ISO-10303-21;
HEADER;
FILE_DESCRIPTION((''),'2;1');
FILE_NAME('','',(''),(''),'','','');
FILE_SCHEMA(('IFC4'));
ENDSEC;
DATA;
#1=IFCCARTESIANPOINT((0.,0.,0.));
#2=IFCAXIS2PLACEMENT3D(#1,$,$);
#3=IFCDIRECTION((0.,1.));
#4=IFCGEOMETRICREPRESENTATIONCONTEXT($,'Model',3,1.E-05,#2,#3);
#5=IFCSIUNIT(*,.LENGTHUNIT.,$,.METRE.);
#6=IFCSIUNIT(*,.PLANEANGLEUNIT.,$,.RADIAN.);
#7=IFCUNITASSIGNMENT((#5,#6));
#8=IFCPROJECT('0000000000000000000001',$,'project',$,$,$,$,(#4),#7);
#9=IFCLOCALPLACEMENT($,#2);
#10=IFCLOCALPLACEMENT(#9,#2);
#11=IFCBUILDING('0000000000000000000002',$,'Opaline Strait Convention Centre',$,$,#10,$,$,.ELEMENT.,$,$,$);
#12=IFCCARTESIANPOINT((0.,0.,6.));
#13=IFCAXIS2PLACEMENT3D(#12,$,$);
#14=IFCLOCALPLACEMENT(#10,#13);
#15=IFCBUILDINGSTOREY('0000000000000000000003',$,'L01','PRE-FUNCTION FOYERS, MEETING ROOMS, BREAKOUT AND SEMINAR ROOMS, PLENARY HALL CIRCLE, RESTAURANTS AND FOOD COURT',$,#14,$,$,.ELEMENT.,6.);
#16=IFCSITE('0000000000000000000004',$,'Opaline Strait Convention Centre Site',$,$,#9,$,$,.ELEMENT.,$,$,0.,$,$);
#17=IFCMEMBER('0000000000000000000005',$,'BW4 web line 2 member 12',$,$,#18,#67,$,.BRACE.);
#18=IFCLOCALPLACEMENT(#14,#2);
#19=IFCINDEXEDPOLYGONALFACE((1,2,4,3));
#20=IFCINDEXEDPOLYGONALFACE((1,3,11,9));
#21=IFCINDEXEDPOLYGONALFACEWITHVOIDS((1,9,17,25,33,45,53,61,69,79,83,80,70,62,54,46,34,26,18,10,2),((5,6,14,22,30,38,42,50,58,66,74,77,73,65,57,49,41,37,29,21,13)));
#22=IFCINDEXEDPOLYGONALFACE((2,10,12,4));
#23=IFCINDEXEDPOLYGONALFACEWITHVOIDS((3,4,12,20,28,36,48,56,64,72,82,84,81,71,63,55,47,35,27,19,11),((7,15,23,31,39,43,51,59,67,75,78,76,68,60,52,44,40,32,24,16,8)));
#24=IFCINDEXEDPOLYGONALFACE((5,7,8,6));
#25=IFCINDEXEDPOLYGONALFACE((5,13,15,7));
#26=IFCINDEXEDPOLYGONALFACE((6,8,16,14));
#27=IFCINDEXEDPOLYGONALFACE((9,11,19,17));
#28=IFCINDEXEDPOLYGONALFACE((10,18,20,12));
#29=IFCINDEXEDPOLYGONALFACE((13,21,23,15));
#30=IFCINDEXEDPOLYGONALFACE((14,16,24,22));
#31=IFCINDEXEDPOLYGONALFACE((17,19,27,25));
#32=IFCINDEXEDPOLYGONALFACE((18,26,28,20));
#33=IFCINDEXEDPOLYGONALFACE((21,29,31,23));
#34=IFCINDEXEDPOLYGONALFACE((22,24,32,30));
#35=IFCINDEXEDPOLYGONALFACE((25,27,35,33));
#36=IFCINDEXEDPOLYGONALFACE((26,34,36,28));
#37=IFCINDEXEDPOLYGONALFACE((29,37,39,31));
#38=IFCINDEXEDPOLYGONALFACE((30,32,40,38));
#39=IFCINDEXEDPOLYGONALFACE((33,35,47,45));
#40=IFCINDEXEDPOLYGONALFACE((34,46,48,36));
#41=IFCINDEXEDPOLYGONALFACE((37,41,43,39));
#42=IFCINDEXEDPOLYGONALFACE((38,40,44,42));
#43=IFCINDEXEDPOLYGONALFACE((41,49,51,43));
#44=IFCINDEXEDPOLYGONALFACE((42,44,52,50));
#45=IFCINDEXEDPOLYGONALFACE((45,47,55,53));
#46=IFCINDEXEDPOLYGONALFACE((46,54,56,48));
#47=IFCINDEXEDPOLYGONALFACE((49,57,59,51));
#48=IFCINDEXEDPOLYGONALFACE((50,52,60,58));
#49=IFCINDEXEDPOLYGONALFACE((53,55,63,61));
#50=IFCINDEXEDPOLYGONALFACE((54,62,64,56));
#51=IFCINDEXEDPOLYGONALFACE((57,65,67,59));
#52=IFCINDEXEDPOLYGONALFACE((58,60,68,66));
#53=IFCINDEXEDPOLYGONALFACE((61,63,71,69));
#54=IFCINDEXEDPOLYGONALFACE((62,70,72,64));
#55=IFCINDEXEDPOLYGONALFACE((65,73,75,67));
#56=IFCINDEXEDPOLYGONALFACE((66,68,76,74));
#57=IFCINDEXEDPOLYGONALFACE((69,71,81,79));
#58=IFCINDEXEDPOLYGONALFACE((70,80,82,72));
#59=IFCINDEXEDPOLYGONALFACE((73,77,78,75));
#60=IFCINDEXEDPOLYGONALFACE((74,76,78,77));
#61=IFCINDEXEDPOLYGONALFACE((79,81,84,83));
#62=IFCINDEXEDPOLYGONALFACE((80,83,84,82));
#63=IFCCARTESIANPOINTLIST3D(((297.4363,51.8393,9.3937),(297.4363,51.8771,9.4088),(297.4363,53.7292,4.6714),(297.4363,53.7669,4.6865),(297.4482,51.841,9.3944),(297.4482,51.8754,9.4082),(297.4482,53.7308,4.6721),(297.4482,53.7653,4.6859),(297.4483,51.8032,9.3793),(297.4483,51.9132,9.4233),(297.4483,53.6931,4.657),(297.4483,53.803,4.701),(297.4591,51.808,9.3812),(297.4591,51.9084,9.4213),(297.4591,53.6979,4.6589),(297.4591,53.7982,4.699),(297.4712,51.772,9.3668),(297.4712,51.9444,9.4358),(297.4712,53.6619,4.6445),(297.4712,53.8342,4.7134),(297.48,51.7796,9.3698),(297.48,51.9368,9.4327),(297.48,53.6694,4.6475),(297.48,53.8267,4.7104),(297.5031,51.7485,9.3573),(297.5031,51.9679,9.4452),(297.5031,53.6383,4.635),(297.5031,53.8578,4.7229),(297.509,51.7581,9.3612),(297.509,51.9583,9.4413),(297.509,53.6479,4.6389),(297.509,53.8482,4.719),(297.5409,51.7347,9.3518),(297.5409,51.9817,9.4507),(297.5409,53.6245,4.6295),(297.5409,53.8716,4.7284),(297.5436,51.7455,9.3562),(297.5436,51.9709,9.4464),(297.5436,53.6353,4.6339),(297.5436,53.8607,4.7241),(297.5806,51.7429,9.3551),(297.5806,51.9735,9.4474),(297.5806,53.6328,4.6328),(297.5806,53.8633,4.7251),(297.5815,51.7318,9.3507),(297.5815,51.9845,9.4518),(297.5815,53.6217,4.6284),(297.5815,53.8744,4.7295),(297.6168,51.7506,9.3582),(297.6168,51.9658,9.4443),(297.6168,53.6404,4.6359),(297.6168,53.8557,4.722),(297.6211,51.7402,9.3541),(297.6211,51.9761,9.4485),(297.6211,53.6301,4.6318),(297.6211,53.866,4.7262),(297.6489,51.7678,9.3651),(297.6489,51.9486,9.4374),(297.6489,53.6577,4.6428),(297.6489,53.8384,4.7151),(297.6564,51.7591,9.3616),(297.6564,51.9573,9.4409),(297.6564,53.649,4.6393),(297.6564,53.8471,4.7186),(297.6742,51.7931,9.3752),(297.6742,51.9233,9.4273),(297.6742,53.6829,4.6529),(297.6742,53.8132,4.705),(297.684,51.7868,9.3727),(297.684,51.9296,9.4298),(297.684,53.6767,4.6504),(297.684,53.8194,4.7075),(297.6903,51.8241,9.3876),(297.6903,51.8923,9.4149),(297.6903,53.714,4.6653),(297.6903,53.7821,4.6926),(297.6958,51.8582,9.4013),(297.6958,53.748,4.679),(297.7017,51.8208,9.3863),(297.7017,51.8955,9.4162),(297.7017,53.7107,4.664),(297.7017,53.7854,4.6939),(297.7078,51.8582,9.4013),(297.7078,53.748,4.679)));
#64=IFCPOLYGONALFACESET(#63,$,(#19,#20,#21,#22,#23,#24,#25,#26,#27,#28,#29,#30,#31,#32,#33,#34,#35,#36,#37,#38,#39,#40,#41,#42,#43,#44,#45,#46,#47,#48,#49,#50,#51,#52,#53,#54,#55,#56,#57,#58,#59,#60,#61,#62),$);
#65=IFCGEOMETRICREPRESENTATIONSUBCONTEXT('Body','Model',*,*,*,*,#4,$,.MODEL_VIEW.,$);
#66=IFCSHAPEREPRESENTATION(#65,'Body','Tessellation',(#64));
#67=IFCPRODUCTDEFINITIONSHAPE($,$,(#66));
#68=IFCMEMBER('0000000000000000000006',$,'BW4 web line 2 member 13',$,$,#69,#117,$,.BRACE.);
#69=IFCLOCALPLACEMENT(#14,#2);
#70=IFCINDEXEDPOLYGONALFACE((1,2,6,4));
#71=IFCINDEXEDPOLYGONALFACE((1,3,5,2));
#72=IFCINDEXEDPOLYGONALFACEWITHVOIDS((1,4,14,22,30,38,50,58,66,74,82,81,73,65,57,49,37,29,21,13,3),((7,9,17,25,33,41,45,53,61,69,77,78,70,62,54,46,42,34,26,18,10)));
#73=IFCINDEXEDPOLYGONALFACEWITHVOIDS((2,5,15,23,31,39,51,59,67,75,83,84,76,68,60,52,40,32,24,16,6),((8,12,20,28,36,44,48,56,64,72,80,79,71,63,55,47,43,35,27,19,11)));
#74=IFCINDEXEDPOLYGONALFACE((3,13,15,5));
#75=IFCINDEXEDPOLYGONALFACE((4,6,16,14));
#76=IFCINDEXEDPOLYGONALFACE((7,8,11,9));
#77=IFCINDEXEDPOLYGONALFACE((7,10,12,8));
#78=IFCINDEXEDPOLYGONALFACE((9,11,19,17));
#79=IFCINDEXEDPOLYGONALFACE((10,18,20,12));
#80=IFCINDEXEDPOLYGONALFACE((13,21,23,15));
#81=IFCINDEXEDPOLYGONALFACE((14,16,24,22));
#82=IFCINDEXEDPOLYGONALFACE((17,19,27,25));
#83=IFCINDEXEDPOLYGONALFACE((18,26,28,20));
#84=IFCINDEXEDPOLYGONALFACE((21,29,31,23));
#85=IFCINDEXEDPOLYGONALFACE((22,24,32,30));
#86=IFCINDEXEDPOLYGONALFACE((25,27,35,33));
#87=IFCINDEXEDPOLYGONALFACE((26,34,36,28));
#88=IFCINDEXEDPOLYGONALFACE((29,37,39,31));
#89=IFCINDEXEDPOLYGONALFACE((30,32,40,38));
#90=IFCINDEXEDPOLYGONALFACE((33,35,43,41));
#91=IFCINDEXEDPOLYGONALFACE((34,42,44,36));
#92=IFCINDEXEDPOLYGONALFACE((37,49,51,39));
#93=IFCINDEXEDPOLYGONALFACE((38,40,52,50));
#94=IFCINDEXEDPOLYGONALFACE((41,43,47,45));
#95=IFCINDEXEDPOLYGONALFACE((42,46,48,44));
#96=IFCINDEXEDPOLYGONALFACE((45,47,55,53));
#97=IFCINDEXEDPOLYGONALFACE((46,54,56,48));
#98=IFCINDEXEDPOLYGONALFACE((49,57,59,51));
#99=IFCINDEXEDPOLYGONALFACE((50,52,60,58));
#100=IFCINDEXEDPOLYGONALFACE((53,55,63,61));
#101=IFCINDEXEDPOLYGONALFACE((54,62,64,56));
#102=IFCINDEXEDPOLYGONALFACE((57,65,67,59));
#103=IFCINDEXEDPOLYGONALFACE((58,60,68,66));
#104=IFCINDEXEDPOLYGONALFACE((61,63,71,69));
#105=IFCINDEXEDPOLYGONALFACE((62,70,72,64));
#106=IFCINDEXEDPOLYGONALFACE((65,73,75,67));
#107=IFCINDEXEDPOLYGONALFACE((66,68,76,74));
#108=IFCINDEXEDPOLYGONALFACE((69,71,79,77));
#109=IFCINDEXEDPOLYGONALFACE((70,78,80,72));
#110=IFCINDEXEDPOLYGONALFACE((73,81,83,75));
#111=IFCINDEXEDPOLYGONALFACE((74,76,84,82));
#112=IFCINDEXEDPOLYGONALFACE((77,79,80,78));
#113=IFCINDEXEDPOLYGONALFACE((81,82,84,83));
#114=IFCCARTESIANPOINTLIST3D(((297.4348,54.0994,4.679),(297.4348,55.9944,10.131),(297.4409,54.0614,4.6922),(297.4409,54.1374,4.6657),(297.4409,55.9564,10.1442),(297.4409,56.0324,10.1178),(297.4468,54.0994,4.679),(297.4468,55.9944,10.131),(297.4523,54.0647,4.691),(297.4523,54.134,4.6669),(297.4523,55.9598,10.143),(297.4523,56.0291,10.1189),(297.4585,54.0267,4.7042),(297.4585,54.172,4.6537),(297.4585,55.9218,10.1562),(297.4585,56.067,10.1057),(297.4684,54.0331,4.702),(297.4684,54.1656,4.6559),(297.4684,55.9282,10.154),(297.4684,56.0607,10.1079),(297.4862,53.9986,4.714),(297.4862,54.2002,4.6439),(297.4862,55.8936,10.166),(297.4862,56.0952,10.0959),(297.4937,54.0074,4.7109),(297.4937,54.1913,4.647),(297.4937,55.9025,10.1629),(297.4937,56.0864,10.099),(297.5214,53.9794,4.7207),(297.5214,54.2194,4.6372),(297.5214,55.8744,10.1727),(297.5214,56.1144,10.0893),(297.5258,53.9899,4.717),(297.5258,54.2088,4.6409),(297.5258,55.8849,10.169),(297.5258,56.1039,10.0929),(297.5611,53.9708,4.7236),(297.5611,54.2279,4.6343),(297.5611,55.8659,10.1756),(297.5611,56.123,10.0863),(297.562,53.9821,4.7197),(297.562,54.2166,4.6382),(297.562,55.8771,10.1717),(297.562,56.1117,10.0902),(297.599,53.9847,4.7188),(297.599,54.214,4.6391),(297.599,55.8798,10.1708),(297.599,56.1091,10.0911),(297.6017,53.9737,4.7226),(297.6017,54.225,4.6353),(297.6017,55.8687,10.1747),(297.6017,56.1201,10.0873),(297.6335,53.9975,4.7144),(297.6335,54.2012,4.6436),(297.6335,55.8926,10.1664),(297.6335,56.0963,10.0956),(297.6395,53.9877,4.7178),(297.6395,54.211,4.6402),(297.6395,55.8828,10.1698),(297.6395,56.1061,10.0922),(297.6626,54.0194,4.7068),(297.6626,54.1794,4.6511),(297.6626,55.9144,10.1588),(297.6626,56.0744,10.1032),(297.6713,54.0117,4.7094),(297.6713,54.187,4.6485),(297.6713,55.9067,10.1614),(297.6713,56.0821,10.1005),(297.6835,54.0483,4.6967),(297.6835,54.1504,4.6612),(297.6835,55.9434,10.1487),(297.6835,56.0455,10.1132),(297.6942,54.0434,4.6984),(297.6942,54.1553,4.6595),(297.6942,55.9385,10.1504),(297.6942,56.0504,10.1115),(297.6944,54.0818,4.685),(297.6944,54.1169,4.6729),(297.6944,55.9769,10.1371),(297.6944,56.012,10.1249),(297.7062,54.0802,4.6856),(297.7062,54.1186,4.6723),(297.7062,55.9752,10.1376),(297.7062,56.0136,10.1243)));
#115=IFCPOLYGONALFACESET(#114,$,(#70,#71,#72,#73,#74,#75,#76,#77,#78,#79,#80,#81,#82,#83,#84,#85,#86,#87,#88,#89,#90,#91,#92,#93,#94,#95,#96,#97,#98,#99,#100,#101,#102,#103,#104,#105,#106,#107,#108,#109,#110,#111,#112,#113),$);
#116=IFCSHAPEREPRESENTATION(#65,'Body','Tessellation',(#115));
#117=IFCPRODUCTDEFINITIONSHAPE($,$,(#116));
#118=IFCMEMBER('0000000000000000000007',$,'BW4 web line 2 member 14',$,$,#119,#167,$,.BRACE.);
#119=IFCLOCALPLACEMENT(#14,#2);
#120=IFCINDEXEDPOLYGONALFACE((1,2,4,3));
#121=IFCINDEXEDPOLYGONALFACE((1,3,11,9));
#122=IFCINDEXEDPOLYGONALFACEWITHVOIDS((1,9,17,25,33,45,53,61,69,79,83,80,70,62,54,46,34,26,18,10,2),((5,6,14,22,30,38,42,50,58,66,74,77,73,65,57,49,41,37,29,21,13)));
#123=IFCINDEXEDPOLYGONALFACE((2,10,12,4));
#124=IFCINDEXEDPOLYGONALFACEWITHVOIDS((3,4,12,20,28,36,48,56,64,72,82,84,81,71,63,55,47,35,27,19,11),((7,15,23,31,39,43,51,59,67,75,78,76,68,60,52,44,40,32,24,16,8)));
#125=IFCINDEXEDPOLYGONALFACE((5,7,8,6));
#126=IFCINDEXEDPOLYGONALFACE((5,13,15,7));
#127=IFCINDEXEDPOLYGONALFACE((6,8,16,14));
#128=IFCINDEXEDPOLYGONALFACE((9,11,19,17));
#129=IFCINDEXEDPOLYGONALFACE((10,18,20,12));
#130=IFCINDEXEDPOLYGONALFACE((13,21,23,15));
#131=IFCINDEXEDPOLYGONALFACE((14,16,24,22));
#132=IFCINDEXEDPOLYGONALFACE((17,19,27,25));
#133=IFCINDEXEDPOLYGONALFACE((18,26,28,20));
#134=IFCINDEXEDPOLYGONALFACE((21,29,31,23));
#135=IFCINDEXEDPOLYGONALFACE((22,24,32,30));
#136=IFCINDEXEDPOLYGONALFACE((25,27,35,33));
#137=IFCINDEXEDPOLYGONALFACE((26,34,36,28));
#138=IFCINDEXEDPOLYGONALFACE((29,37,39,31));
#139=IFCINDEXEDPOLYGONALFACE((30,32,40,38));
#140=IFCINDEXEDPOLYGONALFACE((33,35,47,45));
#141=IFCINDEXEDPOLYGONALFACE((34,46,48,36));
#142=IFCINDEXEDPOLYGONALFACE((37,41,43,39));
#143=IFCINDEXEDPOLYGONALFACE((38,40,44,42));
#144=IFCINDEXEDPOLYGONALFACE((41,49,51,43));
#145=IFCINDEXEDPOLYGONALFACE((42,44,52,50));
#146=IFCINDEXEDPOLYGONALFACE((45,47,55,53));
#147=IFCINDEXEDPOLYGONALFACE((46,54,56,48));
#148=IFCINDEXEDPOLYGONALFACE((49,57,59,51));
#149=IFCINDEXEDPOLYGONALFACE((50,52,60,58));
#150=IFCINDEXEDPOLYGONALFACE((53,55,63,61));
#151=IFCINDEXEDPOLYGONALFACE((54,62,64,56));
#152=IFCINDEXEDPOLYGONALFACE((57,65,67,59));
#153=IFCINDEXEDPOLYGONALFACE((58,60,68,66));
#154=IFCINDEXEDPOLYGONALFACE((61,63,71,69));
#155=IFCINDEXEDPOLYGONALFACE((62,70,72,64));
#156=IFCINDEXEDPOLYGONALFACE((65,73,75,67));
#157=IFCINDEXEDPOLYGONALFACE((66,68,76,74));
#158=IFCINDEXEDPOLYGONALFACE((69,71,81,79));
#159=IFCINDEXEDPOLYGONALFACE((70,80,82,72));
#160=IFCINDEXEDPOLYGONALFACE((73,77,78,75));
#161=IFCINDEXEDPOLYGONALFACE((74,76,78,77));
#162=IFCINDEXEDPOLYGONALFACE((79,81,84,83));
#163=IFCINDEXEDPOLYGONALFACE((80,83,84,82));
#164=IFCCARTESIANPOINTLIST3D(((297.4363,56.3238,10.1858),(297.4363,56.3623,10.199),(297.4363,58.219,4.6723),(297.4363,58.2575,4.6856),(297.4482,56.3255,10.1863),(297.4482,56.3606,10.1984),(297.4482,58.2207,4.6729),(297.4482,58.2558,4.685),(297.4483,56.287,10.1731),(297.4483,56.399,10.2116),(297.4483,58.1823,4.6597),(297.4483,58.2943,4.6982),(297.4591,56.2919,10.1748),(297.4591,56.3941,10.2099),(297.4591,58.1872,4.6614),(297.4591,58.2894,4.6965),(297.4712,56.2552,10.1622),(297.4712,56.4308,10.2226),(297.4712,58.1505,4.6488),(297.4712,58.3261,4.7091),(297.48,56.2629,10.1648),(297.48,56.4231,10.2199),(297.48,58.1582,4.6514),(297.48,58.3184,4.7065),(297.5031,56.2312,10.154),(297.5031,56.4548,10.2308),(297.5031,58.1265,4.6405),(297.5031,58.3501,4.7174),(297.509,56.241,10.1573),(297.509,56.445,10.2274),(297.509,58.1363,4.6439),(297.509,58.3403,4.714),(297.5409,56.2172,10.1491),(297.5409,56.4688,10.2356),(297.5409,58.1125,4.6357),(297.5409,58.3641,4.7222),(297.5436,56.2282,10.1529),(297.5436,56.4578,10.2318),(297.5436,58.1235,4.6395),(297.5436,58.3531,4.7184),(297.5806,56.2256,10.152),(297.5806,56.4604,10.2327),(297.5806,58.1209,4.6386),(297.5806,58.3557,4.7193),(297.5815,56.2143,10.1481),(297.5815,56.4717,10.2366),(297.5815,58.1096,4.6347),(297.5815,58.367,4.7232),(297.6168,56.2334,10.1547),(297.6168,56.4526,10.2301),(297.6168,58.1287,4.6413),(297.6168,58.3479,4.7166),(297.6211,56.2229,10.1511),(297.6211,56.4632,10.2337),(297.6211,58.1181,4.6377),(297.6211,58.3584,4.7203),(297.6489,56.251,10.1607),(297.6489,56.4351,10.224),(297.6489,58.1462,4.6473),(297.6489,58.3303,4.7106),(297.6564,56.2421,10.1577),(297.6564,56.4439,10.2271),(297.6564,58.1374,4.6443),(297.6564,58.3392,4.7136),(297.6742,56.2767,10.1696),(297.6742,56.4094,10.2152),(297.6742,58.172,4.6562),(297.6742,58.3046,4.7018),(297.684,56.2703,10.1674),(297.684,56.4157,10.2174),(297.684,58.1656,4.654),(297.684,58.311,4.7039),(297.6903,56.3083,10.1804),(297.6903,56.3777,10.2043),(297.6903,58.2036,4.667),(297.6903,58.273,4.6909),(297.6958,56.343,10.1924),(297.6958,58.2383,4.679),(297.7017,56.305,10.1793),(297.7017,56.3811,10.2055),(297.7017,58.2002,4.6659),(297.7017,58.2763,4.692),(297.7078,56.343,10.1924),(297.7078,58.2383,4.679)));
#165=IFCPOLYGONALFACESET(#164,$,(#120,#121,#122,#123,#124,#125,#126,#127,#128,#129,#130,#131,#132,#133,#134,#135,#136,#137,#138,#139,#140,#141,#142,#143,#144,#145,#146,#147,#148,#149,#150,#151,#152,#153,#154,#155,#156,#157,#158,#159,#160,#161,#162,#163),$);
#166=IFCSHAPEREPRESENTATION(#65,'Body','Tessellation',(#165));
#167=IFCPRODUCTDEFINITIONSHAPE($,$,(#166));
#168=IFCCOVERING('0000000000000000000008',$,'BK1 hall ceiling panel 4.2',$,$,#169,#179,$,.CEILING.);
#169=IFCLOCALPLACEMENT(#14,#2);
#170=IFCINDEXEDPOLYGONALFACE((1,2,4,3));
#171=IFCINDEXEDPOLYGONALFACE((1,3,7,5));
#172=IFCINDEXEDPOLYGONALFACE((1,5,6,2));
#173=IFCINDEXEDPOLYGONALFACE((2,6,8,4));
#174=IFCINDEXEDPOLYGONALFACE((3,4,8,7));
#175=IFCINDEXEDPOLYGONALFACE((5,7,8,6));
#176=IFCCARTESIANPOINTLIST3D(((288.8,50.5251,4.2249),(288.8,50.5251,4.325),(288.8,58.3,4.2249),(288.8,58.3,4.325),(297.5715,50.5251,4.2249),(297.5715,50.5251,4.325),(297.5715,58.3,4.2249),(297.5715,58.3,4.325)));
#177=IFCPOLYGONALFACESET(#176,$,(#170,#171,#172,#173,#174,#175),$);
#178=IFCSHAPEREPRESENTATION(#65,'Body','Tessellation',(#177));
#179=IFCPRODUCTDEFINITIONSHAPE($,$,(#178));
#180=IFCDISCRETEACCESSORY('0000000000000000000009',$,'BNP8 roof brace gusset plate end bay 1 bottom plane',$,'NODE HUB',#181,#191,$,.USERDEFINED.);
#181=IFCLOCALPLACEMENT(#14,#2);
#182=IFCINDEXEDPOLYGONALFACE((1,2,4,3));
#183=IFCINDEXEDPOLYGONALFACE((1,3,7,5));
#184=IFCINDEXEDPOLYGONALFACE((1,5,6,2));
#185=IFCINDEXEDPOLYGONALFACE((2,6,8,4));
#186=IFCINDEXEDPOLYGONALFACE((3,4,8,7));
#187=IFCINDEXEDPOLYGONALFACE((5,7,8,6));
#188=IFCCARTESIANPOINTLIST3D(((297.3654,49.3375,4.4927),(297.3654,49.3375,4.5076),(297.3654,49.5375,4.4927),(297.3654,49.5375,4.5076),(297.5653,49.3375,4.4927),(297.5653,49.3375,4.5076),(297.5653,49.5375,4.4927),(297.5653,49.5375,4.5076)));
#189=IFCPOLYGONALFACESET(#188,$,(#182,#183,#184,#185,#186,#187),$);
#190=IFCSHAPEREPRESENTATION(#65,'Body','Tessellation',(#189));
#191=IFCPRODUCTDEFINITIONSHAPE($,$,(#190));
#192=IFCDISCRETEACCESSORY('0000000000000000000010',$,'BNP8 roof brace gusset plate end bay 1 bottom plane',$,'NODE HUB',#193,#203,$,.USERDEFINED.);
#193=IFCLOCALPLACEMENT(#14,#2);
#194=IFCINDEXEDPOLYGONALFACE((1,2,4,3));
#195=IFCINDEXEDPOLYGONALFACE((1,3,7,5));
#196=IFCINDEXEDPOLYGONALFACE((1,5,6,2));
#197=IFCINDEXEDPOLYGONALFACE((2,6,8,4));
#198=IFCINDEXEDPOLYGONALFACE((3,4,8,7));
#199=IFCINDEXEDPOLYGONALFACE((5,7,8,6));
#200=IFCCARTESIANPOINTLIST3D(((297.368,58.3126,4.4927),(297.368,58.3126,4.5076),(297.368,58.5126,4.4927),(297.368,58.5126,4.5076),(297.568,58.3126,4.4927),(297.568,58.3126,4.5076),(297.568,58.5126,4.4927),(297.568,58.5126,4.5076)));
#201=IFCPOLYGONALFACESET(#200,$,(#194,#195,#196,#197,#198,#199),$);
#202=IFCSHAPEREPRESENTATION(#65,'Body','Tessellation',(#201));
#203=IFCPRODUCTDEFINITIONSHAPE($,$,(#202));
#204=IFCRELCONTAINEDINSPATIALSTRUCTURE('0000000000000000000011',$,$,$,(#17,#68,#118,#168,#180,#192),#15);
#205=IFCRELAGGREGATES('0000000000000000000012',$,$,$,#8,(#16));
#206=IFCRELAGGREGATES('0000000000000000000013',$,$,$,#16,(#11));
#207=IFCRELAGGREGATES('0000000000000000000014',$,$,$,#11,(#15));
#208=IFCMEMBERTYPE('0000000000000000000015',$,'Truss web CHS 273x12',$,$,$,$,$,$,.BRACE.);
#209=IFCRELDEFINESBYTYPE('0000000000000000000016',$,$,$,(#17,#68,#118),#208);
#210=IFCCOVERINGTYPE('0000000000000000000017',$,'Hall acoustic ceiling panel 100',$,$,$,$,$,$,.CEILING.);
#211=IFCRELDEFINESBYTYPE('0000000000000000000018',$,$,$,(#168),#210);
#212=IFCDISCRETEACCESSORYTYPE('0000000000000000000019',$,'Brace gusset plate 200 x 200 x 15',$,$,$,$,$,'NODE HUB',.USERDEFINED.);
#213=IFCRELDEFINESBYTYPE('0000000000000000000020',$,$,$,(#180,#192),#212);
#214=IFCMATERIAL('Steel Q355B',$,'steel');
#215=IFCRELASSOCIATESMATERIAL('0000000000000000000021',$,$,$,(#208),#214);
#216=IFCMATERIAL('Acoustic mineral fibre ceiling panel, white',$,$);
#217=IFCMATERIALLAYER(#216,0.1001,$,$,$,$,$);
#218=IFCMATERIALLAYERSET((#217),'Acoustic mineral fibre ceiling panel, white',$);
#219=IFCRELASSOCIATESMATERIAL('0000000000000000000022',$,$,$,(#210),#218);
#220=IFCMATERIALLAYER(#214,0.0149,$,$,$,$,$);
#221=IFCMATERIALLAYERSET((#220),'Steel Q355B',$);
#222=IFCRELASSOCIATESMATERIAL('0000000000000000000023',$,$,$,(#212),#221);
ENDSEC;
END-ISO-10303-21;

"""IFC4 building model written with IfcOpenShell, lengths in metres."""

from ifc_helpers import new_model, si_unit, direction, frame, origin, origin_2d, place, context, subcontext, project, spatial, rectangle, hollow_circle, extrude, material, layer, layer_set, material_profile, profile_set, type_object, element, save


model = new_model("IFC4")

# Units and contexts
model_context = context("Model", 3, precision=1e-05, world=origin(), true_north=direction((0.0, 1.0)))
body_context = subcontext(model_context, "Body", "Model", "MODEL_VIEW")
ifc_project = project(units=[si_unit("LENGTHUNIT", "METRE"), si_unit("PLANEANGLEUNIT", "RADIAN")], contexts=[model_context])

# Site, building, storey
site_placement = place(None, origin())
site = spatial("IfcSite", under=ifc_project, at=site_placement, Name="Opaline Strait Convention Centre Site", CompositionType="ELEMENT", RefElevation=0.0)
building_placement = place(site_placement, origin())
building = spatial("IfcBuilding", under=site, at=building_placement, Name="Opaline Strait Convention Centre", CompositionType="ELEMENT")
storey_placement = place(building_placement, frame((0.0, 0.0, 6.0)))
storey = spatial("IfcBuildingStorey", under=building, at=storey_placement, Name="L01", Description="PRE-FUNCTION FOYERS, MEETING ROOMS, BREAKOUT AND SEMINAR ROOMS, PLENARY HALL CIRCLE, RESTAURANTS AND FOOD COURT", CompositionType="ELEMENT", Elevation=6.0)

# Members
ifc_material_1 = material(Name="Steel Q355B", Category="steel")
ifc_material_profile_1 = material_profile(ifc_material_1, hollow_circle(Radius=0.1365, WallThickness=0.012, at=origin_2d()), Name="CHS 273x12")
ifc_profile_set_1 = profile_set([ifc_material_profile_1], Name="Steel Q355B")
member_type_1 = type_object("IfcMemberType", Name="Truss web CHS 273x12", PredefinedType="BRACE", material=ifc_profile_set_1)
member_1_placement = place(storey_placement, frame((297.5713, 53.748, 4.679), z_axis=(0.0, -0.371548, 0.928414), x_axis=(1.0, 0.0, 0.0)))
element("IfcMember", 1, at=member_1_placement, inside=storey, type_object=member_type_1, Name="BW4 web line 2 member 12", PredefinedType="BRACE", context=body_context, shape_type="SweptSolid", body=[
    extrude(hollow_circle(Radius=0.1365, WallThickness=0.012, at=origin_2d()), origin(), (0.0, 0.0, 1.0), 5.0864),
])
member_2_placement = place(storey_placement, frame((297.5713, 54.0994, 4.679), z_axis=(0.0, 0.32832, 0.944566), x_axis=(-1.0, 0.0, 0.0)))
element("IfcMember", 2, at=member_2_placement, inside=storey, type_object=member_type_1, Name="BW4 web line 2 member 13", PredefinedType="BRACE", context=body_context, shape_type="SweptSolid", body=[
    extrude(hollow_circle(Radius=0.1365, WallThickness=0.012, at=origin_2d()), origin(), (0.0, 0.0, 1.0), 5.772),
])
member_3_placement = place(storey_placement, frame((297.5713, 58.2383, 4.679), z_axis=(0.0, -0.325083, 0.945685), x_axis=(1.0, 0.0, 0.0)))
element("IfcMember", 3, at=member_3_placement, inside=storey, type_object=member_type_1, Name="BW4 web line 2 member 14", PredefinedType="BRACE", context=body_context, shape_type="SweptSolid", body=[
    extrude(hollow_circle(Radius=0.1365, WallThickness=0.012, at=origin_2d()), origin(), (0.0, 0.0, 1.0), 5.8301),
])

# Covering
ifc_material_2 = material(Name="Acoustic mineral fibre ceiling panel, white")
ifc_layer_1 = layer(ifc_material_2, 0.1001)
ifc_layer_set_1 = layer_set([ifc_layer_1], Name="Acoustic mineral fibre ceiling panel, white")
covering_type = type_object("IfcCoveringType", Name="Hall acoustic ceiling panel 100", PredefinedType="CEILING", material=ifc_layer_set_1)
covering_placement = place(storey_placement, frame((293.1858, 54.4126, 4.2249), z_axis=(0.0, 0.0, 1.0), x_axis=(1.0, 0.0, 0.0)))
element("IfcCovering", 4, at=covering_placement, inside=storey, type_object=covering_type, Name="BK1 hall ceiling panel 4.2", PredefinedType="CEILING", context=body_context, shape_type="SweptSolid", body=[
    extrude(rectangle(XDim=8.7715, YDim=7.7749, at=origin_2d()), origin(), (0.0, 0.0, 1.0), 0.1001),
])

# Discrete accessories
ifc_layer_2 = layer(ifc_material_1, 0.0149)
ifc_layer_set_2 = layer_set([ifc_layer_2], Name="Steel Q355B")
discrete_accessory_type_1 = type_object("IfcDiscreteAccessoryType", Name="Brace gusset plate 200 x 200 x 15", ElementType="NODE HUB", PredefinedType="USERDEFINED", material=ifc_layer_set_2)
for number, where, z_axis, x_axis, name in (
    (5, (297.4653, 49.4375, 4.4927), (0.0, 0.0, 1.0), (1.0, 0.0, 0.0), "BNP8 roof brace gusset plate end bay 1 bottom plane"),
    (6, (297.468, 58.4126, 4.4927), (0.0, 0.0, 1.0), (1.0, 0.0, 0.0), "BNP8 roof brace gusset plate end bay 1 bottom plane"),
):
    element("IfcDiscreteAccessory", number, at=place(storey_placement, frame(where, z_axis=z_axis, x_axis=x_axis)), inside=storey, type_object=discrete_accessory_type_1, Name=name, ObjectType="NODE HUB", PredefinedType="USERDEFINED", context=body_context, shape_type="SweptSolid", body=[
        extrude(rectangle(XDim=0.2, YDim=0.2, at=origin_2d()), origin(), (0.0, 0.0, 1.0), 0.0149),
    ])

save(model, "model.ifc")
